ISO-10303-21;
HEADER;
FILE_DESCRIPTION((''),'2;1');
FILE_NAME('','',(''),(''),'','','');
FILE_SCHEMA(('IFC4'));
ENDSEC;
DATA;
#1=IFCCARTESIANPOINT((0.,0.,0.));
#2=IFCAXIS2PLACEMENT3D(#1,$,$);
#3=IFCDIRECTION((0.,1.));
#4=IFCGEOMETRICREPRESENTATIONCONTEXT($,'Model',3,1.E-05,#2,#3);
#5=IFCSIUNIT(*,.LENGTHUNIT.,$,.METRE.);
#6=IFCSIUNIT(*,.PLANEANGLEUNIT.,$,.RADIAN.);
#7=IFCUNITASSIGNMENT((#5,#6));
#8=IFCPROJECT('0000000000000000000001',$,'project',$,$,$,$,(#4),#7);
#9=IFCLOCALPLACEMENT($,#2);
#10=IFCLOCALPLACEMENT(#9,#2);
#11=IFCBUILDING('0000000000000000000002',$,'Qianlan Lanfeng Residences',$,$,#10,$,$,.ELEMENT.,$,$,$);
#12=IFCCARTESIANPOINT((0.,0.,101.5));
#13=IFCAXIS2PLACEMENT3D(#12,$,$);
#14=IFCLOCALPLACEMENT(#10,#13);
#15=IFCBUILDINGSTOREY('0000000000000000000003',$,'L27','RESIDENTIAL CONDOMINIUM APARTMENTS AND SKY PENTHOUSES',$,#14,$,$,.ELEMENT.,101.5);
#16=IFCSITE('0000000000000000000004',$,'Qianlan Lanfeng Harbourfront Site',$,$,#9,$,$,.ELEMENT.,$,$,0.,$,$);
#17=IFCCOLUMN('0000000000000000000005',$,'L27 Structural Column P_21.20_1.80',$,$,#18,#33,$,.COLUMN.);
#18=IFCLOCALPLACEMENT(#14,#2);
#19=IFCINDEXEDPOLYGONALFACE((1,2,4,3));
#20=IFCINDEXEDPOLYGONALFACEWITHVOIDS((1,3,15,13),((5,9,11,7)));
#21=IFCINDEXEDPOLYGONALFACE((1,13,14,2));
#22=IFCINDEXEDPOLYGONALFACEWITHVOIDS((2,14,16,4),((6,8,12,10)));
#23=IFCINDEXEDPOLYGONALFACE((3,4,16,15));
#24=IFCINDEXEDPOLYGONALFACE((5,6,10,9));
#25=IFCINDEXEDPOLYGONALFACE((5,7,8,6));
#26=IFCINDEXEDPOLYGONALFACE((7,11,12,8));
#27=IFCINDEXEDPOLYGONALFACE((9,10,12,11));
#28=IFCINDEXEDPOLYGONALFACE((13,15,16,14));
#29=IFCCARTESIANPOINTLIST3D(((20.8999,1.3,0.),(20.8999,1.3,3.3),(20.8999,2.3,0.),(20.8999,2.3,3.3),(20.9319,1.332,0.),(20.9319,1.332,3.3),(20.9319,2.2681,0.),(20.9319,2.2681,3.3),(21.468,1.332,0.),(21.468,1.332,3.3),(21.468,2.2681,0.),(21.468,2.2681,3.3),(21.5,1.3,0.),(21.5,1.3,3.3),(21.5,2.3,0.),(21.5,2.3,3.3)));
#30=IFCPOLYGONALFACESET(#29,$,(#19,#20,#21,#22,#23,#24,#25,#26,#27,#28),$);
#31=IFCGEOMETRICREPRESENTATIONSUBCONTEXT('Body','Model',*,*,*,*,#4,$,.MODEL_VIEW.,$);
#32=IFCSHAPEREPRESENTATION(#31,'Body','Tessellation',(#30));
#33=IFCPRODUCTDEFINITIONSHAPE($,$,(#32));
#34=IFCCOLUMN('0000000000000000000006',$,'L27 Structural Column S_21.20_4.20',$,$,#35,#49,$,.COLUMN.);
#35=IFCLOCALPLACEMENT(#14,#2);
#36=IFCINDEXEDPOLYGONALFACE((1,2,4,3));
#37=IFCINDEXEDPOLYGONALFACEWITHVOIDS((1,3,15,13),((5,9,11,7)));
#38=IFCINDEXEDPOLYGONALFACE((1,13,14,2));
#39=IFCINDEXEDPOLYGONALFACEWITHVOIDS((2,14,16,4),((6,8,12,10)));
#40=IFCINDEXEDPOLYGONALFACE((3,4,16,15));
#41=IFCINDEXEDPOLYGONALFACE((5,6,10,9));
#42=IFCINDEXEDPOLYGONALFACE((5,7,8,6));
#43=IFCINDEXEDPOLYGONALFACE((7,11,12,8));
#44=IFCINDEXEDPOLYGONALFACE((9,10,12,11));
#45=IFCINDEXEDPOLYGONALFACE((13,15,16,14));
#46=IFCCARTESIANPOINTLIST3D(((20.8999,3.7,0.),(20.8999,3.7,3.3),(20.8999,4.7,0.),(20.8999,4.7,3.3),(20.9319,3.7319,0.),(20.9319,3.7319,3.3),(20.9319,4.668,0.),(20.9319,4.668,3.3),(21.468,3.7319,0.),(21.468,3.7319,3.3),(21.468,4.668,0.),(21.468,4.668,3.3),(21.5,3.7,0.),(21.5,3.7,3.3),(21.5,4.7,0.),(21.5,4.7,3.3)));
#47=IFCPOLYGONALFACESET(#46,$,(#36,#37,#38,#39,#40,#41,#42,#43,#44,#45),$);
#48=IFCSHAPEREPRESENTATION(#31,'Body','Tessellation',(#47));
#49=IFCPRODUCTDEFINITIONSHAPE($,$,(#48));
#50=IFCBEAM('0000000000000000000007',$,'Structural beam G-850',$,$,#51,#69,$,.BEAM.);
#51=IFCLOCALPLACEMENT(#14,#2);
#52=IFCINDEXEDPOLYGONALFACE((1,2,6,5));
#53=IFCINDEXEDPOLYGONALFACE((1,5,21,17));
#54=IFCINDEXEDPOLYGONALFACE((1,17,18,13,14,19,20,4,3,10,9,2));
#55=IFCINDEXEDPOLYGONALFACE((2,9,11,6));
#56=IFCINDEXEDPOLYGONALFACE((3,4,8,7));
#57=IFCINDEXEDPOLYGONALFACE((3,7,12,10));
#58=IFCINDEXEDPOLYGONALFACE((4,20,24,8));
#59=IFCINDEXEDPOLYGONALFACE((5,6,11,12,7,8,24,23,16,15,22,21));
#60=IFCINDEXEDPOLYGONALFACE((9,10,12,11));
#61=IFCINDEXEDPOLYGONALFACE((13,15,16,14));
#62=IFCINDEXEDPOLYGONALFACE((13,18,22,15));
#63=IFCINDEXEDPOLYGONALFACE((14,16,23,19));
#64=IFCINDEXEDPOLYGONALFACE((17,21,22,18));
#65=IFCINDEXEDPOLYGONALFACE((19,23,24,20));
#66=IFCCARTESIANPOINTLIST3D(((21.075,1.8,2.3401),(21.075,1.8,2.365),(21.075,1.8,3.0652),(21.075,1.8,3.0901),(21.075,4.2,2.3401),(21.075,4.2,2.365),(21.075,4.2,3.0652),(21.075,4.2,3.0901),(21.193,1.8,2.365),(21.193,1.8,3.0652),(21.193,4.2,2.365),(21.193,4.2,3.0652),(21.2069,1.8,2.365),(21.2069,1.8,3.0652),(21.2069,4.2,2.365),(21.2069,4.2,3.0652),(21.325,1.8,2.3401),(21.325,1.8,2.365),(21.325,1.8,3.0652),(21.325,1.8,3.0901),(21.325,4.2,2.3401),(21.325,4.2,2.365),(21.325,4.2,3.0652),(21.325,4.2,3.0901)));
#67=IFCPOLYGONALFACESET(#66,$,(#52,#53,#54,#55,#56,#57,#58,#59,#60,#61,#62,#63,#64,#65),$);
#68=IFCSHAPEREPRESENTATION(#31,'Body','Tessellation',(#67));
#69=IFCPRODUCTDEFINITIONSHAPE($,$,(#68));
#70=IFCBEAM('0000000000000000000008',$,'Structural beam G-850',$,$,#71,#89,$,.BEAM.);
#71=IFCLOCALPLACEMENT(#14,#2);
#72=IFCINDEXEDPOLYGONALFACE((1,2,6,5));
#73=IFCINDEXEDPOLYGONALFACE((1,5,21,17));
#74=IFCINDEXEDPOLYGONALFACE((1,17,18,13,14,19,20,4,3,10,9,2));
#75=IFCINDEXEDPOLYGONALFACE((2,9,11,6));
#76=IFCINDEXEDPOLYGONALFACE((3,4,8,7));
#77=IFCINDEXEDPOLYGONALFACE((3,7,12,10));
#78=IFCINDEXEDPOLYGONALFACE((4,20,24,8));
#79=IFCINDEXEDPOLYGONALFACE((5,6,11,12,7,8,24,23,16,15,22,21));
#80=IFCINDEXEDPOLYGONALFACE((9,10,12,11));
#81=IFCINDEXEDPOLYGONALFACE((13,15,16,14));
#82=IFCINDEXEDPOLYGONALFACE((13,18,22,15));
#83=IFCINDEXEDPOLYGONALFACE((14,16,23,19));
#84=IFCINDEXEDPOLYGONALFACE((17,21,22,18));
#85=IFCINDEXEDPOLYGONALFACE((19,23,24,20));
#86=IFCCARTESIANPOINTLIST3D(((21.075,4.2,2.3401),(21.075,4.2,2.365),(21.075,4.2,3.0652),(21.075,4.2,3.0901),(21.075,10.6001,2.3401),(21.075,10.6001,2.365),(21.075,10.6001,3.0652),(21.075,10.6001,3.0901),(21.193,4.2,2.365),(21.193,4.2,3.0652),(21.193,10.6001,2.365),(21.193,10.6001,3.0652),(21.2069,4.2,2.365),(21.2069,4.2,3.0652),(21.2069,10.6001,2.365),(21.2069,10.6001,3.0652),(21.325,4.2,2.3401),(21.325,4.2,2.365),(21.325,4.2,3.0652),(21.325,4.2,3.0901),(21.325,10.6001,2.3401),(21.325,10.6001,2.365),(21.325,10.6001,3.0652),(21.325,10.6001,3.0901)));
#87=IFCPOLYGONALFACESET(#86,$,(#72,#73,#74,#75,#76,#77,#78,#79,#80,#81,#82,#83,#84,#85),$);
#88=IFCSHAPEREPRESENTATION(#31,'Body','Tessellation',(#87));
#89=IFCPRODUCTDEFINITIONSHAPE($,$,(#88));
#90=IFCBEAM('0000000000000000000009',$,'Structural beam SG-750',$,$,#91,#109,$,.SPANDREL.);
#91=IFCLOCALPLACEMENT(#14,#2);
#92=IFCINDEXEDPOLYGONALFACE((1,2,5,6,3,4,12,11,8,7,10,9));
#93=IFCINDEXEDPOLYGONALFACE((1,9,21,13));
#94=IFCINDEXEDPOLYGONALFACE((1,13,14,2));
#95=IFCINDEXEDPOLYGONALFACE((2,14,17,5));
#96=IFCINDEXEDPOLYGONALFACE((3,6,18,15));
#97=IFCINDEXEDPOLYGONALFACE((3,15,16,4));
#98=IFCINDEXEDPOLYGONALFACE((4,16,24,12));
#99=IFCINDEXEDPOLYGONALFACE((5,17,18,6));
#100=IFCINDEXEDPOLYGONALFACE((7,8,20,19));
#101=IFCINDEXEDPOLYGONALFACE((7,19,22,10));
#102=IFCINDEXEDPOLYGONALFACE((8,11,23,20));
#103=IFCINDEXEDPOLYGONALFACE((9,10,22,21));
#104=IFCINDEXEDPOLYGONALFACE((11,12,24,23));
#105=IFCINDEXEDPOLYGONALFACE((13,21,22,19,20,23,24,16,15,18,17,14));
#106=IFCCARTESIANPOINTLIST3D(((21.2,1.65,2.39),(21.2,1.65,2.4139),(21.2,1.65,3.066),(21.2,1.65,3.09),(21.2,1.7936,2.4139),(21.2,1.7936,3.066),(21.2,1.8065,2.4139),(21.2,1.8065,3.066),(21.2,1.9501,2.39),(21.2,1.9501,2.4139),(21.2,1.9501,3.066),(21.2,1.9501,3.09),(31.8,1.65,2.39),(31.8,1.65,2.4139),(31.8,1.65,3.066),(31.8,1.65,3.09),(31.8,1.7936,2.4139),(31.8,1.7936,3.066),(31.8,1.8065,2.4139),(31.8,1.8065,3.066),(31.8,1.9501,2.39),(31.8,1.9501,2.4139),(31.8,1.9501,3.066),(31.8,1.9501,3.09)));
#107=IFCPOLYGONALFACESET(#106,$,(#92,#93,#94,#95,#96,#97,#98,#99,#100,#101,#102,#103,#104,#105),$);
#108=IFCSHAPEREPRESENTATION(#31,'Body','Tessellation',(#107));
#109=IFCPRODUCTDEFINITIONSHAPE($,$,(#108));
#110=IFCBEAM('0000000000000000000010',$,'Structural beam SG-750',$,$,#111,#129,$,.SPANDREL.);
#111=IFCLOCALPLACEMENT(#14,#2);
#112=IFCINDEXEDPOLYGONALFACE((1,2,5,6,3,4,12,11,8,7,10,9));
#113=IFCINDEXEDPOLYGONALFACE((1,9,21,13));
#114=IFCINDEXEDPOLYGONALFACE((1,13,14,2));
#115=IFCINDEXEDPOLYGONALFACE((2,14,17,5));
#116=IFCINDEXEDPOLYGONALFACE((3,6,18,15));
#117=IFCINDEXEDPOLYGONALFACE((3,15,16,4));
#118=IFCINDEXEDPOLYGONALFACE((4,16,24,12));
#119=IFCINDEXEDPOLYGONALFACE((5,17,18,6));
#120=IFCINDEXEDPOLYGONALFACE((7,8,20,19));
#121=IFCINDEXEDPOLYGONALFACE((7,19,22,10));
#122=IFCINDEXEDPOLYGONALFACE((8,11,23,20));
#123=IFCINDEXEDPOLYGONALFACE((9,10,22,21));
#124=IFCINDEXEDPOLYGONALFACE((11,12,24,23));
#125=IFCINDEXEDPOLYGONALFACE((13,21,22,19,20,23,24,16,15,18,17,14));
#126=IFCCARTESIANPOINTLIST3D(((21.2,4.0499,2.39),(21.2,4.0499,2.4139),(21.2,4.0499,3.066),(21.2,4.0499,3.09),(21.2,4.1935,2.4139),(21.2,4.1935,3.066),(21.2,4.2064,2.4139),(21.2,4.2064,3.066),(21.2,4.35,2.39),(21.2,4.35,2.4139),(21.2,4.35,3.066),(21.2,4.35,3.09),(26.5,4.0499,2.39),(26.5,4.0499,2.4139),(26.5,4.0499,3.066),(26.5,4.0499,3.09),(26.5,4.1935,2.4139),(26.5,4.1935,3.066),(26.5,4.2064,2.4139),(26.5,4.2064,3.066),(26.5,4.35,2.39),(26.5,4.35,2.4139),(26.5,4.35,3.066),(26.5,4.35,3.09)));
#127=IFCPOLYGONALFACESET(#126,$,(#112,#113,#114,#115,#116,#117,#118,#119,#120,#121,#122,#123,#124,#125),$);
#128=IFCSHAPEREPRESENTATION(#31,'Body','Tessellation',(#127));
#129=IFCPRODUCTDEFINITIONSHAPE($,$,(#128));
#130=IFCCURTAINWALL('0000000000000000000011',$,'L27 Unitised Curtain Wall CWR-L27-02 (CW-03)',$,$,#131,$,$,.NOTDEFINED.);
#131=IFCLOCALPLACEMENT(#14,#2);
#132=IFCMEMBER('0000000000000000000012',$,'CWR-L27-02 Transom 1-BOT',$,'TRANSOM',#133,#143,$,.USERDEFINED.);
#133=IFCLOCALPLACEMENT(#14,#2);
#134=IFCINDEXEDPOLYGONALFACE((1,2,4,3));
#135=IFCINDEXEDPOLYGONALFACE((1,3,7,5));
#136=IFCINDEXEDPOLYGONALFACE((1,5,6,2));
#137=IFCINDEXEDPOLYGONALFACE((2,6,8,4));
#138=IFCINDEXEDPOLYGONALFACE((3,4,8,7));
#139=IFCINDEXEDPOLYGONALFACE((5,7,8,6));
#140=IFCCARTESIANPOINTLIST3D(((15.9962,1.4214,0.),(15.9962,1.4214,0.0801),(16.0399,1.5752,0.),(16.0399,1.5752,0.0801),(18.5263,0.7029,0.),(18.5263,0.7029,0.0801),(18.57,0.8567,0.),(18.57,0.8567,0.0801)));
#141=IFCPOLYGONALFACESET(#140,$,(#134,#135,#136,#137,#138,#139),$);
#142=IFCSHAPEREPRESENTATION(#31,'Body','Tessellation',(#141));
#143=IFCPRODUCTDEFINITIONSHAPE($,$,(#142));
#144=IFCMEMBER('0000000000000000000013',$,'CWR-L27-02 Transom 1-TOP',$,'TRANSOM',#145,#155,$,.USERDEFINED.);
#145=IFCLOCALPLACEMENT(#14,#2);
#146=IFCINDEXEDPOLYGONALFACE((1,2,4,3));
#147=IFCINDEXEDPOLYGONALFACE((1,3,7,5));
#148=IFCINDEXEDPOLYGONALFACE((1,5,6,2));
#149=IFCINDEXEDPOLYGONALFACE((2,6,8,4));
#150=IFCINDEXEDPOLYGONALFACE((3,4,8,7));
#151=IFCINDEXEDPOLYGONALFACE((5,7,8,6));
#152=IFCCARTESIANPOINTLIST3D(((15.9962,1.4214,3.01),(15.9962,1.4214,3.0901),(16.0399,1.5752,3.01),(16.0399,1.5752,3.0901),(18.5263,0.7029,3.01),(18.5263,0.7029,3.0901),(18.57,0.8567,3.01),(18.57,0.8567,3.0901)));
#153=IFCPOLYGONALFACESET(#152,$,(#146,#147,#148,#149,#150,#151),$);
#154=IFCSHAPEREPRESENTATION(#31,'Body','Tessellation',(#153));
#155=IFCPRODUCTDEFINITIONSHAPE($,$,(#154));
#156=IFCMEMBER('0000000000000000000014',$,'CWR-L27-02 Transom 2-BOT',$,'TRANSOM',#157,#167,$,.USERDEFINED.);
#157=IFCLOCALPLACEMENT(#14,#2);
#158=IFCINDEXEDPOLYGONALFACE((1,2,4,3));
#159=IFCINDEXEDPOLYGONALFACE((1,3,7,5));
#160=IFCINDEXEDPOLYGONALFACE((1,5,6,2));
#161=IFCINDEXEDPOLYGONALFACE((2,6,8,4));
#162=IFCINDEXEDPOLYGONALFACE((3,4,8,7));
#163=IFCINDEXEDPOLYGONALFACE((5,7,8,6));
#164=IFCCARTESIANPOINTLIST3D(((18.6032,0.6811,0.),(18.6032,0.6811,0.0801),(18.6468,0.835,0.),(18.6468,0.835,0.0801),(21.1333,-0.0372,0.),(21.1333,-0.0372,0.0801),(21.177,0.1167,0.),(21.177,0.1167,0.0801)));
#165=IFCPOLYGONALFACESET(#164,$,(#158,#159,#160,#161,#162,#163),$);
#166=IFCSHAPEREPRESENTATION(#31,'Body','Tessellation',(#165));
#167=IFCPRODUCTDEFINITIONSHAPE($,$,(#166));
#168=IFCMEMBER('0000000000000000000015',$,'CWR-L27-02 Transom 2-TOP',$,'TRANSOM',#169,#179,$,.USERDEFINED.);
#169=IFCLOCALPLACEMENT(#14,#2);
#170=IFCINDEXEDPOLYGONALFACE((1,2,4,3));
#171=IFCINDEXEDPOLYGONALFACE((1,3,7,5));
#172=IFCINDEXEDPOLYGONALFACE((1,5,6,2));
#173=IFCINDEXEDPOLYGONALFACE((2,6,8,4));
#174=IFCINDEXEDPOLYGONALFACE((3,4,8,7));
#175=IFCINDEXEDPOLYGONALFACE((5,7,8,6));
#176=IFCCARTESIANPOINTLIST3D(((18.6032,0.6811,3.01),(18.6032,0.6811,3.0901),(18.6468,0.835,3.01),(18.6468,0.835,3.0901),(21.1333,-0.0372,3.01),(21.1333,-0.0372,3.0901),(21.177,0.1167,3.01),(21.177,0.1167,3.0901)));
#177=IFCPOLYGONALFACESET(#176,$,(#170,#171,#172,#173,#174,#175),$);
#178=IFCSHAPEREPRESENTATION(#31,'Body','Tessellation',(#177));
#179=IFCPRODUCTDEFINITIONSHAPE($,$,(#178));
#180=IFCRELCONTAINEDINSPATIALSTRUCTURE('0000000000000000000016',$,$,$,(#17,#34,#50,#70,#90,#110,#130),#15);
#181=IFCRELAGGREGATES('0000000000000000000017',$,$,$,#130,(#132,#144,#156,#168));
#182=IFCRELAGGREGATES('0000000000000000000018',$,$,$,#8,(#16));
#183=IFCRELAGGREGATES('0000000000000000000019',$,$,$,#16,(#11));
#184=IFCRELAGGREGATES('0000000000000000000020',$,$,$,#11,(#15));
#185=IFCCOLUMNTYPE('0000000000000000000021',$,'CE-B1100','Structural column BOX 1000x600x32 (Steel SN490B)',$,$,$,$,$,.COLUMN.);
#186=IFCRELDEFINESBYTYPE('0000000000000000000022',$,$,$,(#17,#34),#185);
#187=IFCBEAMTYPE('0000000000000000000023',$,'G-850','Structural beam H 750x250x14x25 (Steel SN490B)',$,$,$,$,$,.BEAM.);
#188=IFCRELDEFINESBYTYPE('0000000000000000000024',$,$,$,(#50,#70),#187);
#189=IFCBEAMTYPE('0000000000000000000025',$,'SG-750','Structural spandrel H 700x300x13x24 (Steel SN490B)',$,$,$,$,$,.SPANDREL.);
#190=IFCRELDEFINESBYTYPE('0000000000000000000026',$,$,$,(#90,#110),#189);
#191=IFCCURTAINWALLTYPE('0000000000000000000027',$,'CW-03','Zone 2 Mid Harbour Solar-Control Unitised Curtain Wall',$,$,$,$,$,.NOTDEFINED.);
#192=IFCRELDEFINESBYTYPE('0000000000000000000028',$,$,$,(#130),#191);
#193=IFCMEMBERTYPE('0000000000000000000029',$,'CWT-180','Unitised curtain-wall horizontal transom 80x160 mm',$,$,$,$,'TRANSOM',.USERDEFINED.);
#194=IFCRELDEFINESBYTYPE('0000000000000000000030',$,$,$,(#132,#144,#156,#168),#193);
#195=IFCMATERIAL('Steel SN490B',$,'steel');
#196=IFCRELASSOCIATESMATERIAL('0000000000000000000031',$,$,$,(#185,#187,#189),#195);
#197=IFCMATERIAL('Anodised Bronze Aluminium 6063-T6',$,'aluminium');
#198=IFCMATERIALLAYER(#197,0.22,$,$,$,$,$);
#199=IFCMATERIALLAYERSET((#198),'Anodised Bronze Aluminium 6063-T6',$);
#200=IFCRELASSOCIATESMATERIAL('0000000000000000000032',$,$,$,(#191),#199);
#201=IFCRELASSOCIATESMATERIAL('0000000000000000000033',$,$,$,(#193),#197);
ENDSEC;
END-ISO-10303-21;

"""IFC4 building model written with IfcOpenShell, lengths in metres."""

from ifc_helpers import new_model, si_unit, direction, frame, origin, origin_2d, place, context, subcontext, project, spatial, rectangle, hollow_rectangle, i_section, extrude, source, transform, mapped, material, layer, layer_set, material_profile, profile_set, type_object, element, aggregate, save


model = new_model("IFC4")

# Units and contexts
model_context = context("Model", 3, precision=1e-05, world=origin(), true_north=direction((0.0, 1.0)))
body_context = subcontext(model_context, "Body", "Model", "MODEL_VIEW")
ifc_project = project(units=[si_unit("LENGTHUNIT", "METRE"), si_unit("PLANEANGLEUNIT", "RADIAN")], contexts=[model_context])

# Site, building, storey
site_placement = place(None, origin())
site = spatial("IfcSite", under=ifc_project, at=site_placement, Name="Qianlan Lanfeng Harbourfront Site", CompositionType="ELEMENT", RefElevation=0.0)
building_placement = place(site_placement, origin())
building = spatial("IfcBuilding", under=site, at=building_placement, Name="Qianlan Lanfeng Residences", CompositionType="ELEMENT")
storey_placement = place(building_placement, frame((0.0, 0.0, 101.5)))
storey = spatial("IfcBuildingStorey", under=building, at=storey_placement, Name="L27", Description="RESIDENTIAL CONDOMINIUM APARTMENTS AND SKY PENTHOUSES", CompositionType="ELEMENT", Elevation=101.5)

# Columns
ifc_material_1 = material(Name="Steel SN490B", Category="steel")
ifc_material_profile_1 = material_profile(ifc_material_1, hollow_rectangle(XDim=0.6001, YDim=1.0, WallThickness=0.032, at=origin_2d()), Name="BOX 1000x600x32")
ifc_profile_set_1 = profile_set([ifc_material_profile_1], Name="Steel SN490B")
column_type = type_object("IfcColumnType", Name="CE-B1100", Description="Structural column BOX 1000x600x32 (Steel SN490B)", PredefinedType="COLUMN", material=ifc_profile_set_1)
for number, where, z_axis, x_axis, name in (
    (1, (21.2, 1.8, 0.0), (0.0, 0.0, 1.0), (1.0, 0.0, 0.0), "L27 Structural Column P_21.20_1.80"),
    (2, (21.2, 4.2, 0.0), (0.0, 0.0, 1.0), (1.0, 0.0, 0.0), "L27 Structural Column S_21.20_4.20"),
):
    element("IfcColumn", number, at=place(storey_placement, frame(where, z_axis=z_axis, x_axis=x_axis)), inside=storey, type_object=column_type, Name=name, PredefinedType="COLUMN", context=body_context, shape_type="SweptSolid", body=[
        extrude(hollow_rectangle(XDim=0.6001, YDim=1.0, WallThickness=0.032, at=origin_2d()), origin(), (0.0, 0.0, 1.0), 3.3),
    ])

# Beams
ifc_material_profile_2 = material_profile(ifc_material_1, i_section(OverallWidth=0.25, OverallDepth=0.75, WebThickness=0.0139, FlangeThickness=0.0249, at=origin_2d()), Name="H 750x250x14x25")
ifc_profile_set_2 = profile_set([ifc_material_profile_2], Name="Steel SN490B")
beam_type_1 = type_object("IfcBeamType", Name="G-850", Description="Structural beam H 750x250x14x25 (Steel SN490B)", PredefinedType="BEAM", material=ifc_profile_set_2)
beam_1_placement = place(storey_placement, frame((21.2, 1.8, 2.7151), z_axis=(0.0, 1.0, 0.0), x_axis=(-1.0, 0.0, 0.0)))
element("IfcBeam", 3, at=beam_1_placement, inside=storey, type_object=beam_type_1, Name="Structural beam G-850", PredefinedType="BEAM", context=body_context, shape_type="SweptSolid", body=[
    extrude(i_section(OverallWidth=0.25, OverallDepth=0.75, WebThickness=0.0139, FlangeThickness=0.0249, at=origin_2d()), origin(), (0.0, 0.0, 1.0), 2.3999),
])
beam_2_placement = place(storey_placement, frame((21.2, 4.2, 2.7151), z_axis=(0.0, 1.0, 0.0), x_axis=(-1.0, 0.0, 0.0)))
element("IfcBeam", 4, at=beam_2_placement, inside=storey, type_object=beam_type_1, Name="Structural beam G-850", PredefinedType="BEAM", context=body_context, shape_type="SweptSolid", body=[
    extrude(i_section(OverallWidth=0.25, OverallDepth=0.75, WebThickness=0.0139, FlangeThickness=0.0249, at=origin_2d()), origin(), (0.0, 0.0, 1.0), 6.4001),
])
ifc_material_profile_3 = material_profile(ifc_material_1, i_section(OverallWidth=0.3, OverallDepth=0.7, WebThickness=0.0129, FlangeThickness=0.0239, at=origin_2d()), Name="H 700x300x13x24")
ifc_profile_set_3 = profile_set([ifc_material_profile_3], Name="Steel SN490B")
beam_type_2 = type_object("IfcBeamType", Name="SG-750", Description="Structural spandrel H 700x300x13x24 (Steel SN490B)", PredefinedType="SPANDREL", material=ifc_profile_set_3)
beam_3_placement = place(storey_placement, frame((21.2, 1.8, 2.74), z_axis=(1.0, 0.0, 0.0), x_axis=(0.0, 1.0, 0.0)))
element("IfcBeam", 5, at=beam_3_placement, inside=storey, type_object=beam_type_2, Name="Structural beam SG-750", PredefinedType="SPANDREL", context=body_context, shape_type="SweptSolid", body=[
    extrude(i_section(OverallWidth=0.3, OverallDepth=0.7, WebThickness=0.0129, FlangeThickness=0.0239, at=origin_2d()), origin(), (0.0, 0.0, 1.0), 10.6001),
])
beam_4_placement = place(storey_placement, frame((21.2, 4.2, 2.74), z_axis=(1.0, 0.0, 0.0), x_axis=(0.0, 1.0, 0.0)))
element("IfcBeam", 6, at=beam_4_placement, inside=storey, type_object=beam_type_2, Name="Structural beam SG-750", PredefinedType="SPANDREL", context=body_context, shape_type="SweptSolid", body=[
    extrude(i_section(OverallWidth=0.3, OverallDepth=0.7, WebThickness=0.0129, FlangeThickness=0.0239, at=origin_2d()), origin(), (0.0, 0.0, 1.0), 5.3),
])

# Curtain wall, members
ifc_material_2 = material(Name="Anodised Bronze Aluminium 6063-T6", Category="aluminium")
ifc_layer_1 = layer(ifc_material_2, 0.22)
ifc_layer_set_1 = layer_set([ifc_layer_1], Name="Anodised Bronze Aluminium 6063-T6")
curtain_wall_type = type_object("IfcCurtainWallType", Name="CW-03", Description="Zone 2 Mid Harbour Solar-Control Unitised Curtain Wall", PredefinedType="NOTDEFINED", material=ifc_layer_set_1)
curtain_wall_1_placement = place(storey_placement, origin())
curtain_wall_1 = element("IfcCurtainWall", 7, at=curtain_wall_1_placement, inside=storey, type_object=curtain_wall_type, Name="L27 Unitised Curtain Wall CWR-L27-02 (CW-03)", PredefinedType="NOTDEFINED")
ifc_material_profile_4 = material_profile(ifc_material_2, rectangle(XDim=0.0801, YDim=0.1599, at=origin_2d()), Name="ALU TRANSOM 80x160")
ifc_profile_set_4 = profile_set([ifc_material_profile_4], Name="Anodised Bronze Aluminium 6063-T6")
member_type_1 = type_object("IfcMemberType", Name="CWT-180", Description="Unitised curtain-wall horizontal transom 80x160 mm", ElementType="TRANSOM", PredefinedType="USERDEFINED", material=ifc_profile_set_4)
shared_shape_1 = source(origin(), body_context, "Body", "SweptSolid", [
    extrude(rectangle(XDim=0.0801, YDim=0.1599, at=origin_2d()), origin(), (0.0, 0.0, 1.0), 2.6301),
])
member_1_placement = place(storey_placement, frame((16.0181, 1.4983, 0.04), z_axis=(0.961961, -0.273188, 0.0), x_axis=(0.0, 0.0, 1.0)))
member_1 = element("IfcMember", 8, at=member_1_placement, type_object=member_type_1, Name="CWR-L27-02 Transom 1-BOT", ObjectType="TRANSOM", PredefinedType="USERDEFINED", context=body_context, shape_type="MappedRepresentation", body=[
    mapped(shared_shape_1, transform((0.0, 0.0, 0.0), scale=1.0)),
])
member_2_placement = place(storey_placement, frame((16.0181, 1.4983, 3.05), z_axis=(0.961961, -0.273188, 0.0), x_axis=(0.0, 0.0, 1.0)))
member_2 = element("IfcMember", 9, at=member_2_placement, type_object=member_type_1, Name="CWR-L27-02 Transom 1-TOP", ObjectType="TRANSOM", PredefinedType="USERDEFINED", context=body_context, shape_type="MappedRepresentation", body=[
    mapped(shared_shape_1, transform((0.0, 0.0, 0.0), scale=1.0)),
])
member_3_placement = place(storey_placement, frame((18.625, 0.7581, 0.04), z_axis=(0.961985, -0.273102, 0.0), x_axis=(0.0, 0.0, 1.0)))
member_3 = element("IfcMember", 10, at=member_3_placement, type_object=member_type_1, Name="CWR-L27-02 Transom 2-BOT", ObjectType="TRANSOM", PredefinedType="USERDEFINED", context=body_context, shape_type="MappedRepresentation", body=[
    mapped(shared_shape_1, transform((0.0, 0.0, 0.0), scale=1.0)),
])
member_4_placement = place(storey_placement, frame((18.625, 0.7581, 3.05), z_axis=(0.961985, -0.273102, 0.0), x_axis=(0.0, 0.0, 1.0)))
member_4 = element("IfcMember", 11, at=member_4_placement, type_object=member_type_1, Name="CWR-L27-02 Transom 2-TOP", ObjectType="TRANSOM", PredefinedType="USERDEFINED", context=body_context, shape_type="MappedRepresentation", body=[
    mapped(shared_shape_1, transform((0.0, 0.0, 0.0), scale=1.0)),
])

aggregate(curtain_wall_1, [member_1, member_2, member_3, member_4])

save(model, "model.ifc")
